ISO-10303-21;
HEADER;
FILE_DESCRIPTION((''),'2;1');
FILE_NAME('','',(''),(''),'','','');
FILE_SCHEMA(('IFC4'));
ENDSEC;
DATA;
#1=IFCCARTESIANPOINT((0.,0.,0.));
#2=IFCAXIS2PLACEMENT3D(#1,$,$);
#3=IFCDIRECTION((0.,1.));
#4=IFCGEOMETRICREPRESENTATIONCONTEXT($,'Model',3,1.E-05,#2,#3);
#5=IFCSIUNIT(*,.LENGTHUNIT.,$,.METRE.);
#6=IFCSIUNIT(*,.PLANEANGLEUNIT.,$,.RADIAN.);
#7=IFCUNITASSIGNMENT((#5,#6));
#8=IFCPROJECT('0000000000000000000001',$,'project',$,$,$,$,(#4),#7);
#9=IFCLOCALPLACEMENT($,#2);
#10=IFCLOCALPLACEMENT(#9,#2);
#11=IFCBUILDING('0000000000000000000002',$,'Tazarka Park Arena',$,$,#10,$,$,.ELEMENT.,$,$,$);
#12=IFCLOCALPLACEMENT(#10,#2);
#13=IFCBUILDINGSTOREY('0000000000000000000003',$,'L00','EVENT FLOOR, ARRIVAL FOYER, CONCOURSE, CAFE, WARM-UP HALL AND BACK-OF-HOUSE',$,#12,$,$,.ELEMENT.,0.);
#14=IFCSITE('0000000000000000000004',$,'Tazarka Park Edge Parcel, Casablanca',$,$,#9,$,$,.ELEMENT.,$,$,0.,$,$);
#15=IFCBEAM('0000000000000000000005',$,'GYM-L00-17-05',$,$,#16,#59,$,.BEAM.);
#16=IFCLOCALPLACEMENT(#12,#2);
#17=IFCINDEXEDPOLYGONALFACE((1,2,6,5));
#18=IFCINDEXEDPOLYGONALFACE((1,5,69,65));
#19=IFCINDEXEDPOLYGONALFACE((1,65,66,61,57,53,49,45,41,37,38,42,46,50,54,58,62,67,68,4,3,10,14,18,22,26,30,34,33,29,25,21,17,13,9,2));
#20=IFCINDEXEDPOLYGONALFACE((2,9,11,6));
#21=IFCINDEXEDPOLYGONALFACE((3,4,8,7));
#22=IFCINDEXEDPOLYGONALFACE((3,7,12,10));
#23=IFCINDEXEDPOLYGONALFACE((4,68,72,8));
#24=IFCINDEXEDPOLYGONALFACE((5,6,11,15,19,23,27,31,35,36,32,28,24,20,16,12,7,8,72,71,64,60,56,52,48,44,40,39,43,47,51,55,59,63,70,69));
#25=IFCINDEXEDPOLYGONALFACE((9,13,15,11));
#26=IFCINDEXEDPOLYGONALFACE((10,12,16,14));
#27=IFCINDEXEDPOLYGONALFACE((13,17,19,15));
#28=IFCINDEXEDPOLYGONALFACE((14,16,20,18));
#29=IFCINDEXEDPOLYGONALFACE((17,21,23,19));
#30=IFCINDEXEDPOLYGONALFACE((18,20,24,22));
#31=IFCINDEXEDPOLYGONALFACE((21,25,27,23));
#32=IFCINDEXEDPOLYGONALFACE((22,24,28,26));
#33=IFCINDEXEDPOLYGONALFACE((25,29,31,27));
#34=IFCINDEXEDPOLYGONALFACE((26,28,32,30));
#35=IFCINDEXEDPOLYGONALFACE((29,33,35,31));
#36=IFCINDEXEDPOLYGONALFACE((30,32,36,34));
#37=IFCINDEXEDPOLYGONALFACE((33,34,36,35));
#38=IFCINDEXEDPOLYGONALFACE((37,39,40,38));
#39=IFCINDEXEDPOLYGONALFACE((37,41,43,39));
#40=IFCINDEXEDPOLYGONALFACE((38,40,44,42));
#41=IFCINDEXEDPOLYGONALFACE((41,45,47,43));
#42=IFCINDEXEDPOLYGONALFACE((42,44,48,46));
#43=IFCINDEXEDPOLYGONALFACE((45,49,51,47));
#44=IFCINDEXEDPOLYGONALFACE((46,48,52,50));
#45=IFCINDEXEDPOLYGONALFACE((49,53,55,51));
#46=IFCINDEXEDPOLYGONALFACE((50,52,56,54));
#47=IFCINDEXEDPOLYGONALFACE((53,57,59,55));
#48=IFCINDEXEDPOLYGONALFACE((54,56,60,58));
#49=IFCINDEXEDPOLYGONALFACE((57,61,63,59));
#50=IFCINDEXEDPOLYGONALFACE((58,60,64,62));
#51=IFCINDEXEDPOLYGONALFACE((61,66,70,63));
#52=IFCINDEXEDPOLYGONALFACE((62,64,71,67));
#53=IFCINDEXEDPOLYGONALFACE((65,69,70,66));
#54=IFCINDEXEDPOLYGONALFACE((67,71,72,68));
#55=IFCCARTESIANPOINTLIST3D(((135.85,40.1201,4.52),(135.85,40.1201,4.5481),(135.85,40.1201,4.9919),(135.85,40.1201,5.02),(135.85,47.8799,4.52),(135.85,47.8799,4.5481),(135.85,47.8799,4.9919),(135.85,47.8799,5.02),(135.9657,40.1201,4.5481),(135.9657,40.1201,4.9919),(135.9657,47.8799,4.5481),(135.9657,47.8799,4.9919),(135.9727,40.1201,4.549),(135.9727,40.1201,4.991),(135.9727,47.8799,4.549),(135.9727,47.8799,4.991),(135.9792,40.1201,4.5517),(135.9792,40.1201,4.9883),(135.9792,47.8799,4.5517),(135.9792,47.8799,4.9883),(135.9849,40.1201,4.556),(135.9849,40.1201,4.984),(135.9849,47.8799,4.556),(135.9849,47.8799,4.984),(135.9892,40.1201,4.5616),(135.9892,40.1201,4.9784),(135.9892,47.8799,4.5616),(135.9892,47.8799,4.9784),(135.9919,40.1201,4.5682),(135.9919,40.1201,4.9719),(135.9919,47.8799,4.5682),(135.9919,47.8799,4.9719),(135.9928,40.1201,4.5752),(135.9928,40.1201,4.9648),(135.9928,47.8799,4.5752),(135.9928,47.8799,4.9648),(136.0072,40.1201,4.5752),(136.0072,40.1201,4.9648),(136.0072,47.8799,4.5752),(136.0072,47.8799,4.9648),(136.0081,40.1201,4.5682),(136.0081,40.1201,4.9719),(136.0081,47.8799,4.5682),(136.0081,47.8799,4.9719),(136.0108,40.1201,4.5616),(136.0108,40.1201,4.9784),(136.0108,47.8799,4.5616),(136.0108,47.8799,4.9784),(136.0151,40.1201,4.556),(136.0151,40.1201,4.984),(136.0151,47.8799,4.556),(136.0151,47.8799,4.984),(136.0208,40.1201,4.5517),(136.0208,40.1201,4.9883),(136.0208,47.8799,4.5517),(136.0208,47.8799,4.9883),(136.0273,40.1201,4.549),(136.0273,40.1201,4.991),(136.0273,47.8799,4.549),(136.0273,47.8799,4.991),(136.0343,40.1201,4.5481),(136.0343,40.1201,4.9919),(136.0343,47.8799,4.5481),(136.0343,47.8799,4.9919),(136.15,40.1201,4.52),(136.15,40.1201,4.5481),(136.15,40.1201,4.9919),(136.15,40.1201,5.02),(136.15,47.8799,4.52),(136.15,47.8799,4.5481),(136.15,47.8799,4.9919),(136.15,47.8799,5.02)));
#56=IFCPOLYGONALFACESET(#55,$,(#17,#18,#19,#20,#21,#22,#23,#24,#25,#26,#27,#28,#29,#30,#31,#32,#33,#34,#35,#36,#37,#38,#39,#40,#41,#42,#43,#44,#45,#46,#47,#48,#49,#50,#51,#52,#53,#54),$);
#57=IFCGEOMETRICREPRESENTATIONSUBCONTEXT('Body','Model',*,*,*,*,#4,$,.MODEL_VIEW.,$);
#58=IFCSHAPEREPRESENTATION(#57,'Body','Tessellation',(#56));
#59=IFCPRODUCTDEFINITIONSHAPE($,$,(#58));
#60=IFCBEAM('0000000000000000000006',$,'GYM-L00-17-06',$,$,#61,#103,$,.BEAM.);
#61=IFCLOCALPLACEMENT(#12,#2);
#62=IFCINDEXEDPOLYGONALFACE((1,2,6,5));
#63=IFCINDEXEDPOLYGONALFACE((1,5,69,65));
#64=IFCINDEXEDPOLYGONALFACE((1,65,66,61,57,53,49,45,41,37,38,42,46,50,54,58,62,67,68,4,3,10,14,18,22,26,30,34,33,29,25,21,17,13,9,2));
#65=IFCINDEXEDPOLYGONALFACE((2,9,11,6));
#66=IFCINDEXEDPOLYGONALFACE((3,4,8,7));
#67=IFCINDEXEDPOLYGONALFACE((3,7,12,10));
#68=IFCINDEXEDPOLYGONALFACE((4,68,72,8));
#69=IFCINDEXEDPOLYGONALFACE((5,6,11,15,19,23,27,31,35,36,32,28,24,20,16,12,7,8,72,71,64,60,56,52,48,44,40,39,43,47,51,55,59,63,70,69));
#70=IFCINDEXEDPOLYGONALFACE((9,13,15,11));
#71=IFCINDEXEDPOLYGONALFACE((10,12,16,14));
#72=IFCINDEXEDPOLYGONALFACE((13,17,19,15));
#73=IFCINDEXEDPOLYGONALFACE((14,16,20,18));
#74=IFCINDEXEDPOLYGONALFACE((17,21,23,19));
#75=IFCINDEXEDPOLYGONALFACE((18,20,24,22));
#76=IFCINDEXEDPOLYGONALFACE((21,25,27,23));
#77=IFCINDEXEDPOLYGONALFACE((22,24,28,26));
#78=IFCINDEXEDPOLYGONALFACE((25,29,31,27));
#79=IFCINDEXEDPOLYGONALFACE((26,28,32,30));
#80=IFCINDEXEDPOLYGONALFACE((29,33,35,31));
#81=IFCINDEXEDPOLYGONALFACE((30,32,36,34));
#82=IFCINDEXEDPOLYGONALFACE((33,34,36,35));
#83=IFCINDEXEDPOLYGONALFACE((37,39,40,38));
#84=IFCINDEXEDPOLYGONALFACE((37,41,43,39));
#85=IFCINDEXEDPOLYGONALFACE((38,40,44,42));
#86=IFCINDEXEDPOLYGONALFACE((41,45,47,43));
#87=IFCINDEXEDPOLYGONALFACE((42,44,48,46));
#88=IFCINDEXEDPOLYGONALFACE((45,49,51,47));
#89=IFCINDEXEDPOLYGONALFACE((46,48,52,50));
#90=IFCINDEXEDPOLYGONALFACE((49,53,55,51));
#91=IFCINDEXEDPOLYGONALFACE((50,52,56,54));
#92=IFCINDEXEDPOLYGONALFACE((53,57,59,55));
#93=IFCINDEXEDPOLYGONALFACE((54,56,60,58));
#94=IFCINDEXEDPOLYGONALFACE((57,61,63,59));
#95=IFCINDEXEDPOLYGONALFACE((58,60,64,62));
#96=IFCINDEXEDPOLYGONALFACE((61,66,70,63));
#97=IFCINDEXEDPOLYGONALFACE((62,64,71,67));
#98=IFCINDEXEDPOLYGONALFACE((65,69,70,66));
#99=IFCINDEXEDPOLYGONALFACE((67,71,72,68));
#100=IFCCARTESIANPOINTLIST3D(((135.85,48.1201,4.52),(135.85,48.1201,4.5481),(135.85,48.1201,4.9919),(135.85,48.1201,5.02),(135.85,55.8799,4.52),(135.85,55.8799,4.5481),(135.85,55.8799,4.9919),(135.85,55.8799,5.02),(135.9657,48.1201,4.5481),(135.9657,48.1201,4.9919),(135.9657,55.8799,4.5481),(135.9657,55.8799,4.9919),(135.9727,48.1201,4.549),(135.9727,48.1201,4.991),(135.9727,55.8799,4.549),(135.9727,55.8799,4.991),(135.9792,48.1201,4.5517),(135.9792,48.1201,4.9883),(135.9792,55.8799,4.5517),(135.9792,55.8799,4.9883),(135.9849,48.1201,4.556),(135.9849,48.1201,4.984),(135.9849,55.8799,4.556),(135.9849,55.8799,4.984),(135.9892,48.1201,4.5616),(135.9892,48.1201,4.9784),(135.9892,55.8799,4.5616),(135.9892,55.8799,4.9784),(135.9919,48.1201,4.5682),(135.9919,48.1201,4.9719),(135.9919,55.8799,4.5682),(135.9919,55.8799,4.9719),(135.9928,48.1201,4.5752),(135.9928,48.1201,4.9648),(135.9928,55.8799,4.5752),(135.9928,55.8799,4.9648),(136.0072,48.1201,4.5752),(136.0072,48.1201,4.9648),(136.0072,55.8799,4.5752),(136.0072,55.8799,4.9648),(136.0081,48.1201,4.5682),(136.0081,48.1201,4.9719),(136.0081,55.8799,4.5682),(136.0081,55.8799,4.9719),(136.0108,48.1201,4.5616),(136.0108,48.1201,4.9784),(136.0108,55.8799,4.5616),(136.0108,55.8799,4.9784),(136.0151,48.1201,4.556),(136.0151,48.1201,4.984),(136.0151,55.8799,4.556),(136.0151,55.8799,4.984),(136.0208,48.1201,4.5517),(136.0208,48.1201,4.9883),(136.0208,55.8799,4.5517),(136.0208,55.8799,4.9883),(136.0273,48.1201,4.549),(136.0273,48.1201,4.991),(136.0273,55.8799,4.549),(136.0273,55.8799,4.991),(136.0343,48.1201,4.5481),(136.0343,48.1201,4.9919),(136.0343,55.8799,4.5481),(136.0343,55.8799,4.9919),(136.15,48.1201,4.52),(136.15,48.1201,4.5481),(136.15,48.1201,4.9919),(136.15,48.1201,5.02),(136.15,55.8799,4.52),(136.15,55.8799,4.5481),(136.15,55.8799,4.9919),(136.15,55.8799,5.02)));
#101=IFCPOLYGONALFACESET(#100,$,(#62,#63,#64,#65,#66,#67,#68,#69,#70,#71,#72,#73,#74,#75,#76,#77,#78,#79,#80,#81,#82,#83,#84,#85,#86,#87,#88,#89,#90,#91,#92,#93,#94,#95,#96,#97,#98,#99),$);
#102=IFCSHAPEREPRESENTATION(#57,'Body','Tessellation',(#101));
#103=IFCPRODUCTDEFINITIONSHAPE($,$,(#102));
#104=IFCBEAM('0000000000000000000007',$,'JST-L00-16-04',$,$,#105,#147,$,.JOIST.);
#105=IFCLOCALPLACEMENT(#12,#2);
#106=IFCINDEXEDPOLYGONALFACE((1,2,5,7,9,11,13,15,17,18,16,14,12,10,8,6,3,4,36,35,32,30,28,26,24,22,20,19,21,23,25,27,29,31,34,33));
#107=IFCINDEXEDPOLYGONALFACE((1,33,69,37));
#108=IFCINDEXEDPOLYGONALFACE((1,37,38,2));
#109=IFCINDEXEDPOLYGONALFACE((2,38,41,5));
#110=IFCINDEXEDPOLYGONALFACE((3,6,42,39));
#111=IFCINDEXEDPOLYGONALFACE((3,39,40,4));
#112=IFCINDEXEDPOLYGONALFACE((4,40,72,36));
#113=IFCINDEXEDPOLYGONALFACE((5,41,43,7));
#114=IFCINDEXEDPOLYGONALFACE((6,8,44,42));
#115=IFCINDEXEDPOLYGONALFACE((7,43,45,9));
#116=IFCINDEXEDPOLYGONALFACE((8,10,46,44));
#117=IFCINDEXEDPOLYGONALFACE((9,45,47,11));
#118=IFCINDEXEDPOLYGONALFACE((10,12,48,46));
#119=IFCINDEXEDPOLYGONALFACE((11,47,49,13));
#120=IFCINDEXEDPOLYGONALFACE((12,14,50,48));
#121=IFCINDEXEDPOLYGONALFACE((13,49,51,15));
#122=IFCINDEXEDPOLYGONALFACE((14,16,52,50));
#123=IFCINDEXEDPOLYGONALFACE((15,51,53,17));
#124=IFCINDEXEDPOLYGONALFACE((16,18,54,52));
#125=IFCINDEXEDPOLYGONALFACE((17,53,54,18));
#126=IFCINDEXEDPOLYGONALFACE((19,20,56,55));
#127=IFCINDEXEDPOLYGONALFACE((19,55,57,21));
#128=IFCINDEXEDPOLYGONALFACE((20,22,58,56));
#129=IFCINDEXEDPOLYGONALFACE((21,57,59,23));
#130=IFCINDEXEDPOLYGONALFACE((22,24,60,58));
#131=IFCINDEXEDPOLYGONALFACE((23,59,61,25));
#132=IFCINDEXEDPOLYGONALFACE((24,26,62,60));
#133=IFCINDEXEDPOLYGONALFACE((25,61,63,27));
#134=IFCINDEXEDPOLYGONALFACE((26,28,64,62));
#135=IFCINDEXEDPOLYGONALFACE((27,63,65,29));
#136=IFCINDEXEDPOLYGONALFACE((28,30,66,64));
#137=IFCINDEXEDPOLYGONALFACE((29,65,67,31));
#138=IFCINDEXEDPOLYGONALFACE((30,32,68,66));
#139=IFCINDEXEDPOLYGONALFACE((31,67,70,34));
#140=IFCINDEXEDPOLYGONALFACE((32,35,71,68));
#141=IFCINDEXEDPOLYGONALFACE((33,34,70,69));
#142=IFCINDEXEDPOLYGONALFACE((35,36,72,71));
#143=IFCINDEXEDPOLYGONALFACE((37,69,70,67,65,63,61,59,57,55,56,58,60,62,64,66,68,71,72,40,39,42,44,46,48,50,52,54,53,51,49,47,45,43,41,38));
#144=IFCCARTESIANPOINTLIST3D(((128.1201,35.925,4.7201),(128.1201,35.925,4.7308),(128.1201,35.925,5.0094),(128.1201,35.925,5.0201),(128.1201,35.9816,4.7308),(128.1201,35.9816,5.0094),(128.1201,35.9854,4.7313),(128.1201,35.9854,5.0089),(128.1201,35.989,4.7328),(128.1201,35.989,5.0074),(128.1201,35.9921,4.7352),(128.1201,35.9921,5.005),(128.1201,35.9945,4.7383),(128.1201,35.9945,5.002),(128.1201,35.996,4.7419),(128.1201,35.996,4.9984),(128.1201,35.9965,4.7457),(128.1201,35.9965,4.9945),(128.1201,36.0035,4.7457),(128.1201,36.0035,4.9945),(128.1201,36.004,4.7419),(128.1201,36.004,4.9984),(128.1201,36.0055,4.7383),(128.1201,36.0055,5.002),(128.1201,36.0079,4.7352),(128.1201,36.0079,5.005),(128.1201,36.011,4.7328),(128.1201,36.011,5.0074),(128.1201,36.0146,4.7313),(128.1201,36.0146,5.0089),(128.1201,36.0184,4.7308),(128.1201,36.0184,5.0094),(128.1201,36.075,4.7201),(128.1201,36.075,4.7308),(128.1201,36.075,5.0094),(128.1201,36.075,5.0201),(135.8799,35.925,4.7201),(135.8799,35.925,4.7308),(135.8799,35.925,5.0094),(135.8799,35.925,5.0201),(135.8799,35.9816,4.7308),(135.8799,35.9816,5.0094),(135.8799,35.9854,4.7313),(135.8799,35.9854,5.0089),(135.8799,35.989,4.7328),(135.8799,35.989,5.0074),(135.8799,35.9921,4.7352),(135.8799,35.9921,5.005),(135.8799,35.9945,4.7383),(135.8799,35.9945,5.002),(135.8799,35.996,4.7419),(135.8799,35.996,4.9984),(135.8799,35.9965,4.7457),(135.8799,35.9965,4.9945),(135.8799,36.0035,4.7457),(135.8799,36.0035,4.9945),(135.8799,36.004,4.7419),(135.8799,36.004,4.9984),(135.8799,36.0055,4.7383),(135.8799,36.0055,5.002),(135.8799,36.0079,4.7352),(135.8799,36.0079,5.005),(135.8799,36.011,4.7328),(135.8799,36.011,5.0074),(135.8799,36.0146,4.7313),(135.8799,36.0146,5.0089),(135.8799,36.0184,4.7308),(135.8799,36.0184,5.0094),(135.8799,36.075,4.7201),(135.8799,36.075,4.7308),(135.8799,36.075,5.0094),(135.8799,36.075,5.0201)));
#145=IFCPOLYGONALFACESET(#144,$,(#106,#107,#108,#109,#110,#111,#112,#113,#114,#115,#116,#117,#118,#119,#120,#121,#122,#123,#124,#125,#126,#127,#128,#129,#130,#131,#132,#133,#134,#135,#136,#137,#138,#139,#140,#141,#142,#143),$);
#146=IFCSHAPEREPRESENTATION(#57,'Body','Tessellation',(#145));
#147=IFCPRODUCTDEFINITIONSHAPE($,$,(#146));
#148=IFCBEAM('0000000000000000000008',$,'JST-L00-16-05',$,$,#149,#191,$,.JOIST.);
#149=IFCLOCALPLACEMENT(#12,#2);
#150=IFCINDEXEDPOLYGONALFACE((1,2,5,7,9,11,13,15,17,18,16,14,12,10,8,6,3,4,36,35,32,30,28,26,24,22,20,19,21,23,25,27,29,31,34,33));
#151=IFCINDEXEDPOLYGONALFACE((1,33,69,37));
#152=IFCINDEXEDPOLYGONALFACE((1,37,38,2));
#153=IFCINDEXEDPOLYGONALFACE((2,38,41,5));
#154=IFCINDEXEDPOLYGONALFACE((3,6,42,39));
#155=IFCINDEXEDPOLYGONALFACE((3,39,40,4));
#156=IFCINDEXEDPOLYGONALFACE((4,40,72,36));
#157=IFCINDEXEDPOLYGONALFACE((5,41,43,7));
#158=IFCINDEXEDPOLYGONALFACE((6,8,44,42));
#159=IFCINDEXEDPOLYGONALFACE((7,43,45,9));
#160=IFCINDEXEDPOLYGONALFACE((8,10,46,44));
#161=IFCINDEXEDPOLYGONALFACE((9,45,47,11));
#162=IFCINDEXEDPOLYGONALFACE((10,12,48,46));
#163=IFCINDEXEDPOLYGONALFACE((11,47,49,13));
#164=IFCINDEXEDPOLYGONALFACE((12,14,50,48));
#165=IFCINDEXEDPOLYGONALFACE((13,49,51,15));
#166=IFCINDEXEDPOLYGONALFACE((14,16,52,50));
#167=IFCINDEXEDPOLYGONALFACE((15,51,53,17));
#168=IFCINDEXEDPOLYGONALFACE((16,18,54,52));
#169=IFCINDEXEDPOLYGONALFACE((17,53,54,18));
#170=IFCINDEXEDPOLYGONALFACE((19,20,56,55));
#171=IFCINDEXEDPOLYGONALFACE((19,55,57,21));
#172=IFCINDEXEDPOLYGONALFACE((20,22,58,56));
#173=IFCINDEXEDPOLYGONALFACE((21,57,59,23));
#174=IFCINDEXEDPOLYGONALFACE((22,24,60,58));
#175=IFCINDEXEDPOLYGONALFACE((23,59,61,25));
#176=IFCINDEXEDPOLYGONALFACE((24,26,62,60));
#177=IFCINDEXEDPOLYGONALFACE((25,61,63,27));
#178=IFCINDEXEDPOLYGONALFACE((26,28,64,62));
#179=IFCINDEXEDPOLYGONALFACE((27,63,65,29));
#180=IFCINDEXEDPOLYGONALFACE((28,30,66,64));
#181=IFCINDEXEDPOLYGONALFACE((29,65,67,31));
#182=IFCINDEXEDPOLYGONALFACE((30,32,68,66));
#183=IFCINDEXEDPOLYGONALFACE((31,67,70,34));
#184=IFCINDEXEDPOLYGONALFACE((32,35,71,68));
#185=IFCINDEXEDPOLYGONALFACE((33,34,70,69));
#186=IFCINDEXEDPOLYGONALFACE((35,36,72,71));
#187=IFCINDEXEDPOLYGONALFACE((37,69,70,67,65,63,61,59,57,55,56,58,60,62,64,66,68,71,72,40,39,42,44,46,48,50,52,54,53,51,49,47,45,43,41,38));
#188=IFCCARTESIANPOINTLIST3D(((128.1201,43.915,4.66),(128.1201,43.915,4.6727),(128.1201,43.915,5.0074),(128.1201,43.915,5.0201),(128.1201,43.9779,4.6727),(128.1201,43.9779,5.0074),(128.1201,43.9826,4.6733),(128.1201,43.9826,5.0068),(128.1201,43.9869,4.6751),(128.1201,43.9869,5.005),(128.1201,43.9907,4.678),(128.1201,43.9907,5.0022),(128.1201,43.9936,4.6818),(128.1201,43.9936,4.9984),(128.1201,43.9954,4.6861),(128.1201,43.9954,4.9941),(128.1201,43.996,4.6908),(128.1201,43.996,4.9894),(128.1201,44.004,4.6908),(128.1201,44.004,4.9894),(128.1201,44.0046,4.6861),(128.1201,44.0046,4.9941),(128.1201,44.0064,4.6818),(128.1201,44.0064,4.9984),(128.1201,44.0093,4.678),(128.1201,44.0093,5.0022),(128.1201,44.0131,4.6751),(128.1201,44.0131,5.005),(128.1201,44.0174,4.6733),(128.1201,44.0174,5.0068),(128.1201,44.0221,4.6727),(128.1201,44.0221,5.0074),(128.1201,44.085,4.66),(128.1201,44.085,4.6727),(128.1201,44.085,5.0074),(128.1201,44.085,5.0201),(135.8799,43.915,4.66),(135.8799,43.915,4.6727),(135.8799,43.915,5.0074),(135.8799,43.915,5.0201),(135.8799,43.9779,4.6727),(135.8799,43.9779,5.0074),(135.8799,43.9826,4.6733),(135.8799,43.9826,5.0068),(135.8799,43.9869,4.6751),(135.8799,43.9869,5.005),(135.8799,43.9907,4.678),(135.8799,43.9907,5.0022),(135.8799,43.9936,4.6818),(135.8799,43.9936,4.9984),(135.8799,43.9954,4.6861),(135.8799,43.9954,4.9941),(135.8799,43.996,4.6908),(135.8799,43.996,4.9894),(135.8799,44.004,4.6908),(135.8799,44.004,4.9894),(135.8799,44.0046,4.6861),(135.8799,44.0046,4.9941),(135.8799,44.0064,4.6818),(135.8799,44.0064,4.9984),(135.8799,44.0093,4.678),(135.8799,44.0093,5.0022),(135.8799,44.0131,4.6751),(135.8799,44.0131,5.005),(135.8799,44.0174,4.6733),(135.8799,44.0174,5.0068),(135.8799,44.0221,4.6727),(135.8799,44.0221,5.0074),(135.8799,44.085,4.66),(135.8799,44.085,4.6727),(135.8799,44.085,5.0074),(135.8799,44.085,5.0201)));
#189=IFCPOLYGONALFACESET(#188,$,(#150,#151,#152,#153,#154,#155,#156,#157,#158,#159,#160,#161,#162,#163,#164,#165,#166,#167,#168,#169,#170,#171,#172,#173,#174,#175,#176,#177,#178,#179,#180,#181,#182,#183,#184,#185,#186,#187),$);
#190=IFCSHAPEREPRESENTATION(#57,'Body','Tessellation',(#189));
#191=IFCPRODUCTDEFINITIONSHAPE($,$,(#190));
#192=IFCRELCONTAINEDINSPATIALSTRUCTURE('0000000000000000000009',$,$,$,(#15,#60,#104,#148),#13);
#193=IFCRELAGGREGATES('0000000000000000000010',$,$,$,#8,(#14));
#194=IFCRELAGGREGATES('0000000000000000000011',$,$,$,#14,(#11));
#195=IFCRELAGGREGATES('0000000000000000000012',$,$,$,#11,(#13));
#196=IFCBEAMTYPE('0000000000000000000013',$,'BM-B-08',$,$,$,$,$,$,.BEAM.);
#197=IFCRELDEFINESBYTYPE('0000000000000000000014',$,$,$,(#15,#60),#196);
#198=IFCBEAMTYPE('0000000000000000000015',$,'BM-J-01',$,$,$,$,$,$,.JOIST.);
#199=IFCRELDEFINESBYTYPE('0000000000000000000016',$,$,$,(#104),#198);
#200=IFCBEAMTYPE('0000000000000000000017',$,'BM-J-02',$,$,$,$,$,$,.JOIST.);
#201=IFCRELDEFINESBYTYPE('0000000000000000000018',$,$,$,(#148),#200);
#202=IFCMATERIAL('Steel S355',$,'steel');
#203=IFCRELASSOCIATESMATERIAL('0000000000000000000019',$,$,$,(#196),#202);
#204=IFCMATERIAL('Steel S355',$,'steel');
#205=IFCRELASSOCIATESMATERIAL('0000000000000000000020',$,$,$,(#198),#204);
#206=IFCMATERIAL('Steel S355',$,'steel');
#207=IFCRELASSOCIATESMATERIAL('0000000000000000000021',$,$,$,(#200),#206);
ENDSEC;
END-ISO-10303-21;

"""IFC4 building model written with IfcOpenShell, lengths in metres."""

from ifc_helpers import new_model, si_unit, direction, frame, origin, origin_2d, place, context, subcontext, project, spatial, i_section, extrude, material, material_profile, profile_set, type_object, element, save


model = new_model("IFC4")

# Units and contexts
model_context = context("Model", 3, precision=1e-05, world=origin(), true_north=direction((0.0, 1.0)))
body_context = subcontext(model_context, "Body", "Model", "MODEL_VIEW")
ifc_project = project(units=[si_unit("LENGTHUNIT", "METRE"), si_unit("PLANEANGLEUNIT", "RADIAN")], contexts=[model_context])

# Site, building, storey
site_placement = place(None, origin())
site = spatial("IfcSite", under=ifc_project, at=site_placement, Name="Tazarka Park Edge Parcel, Casablanca", CompositionType="ELEMENT", RefElevation=0.0)
building_placement = place(site_placement, origin())
building = spatial("IfcBuilding", under=site, at=building_placement, Name="Tazarka Park Arena", CompositionType="ELEMENT")
storey_placement = place(building_placement, origin())
storey = spatial("IfcBuildingStorey", under=building, at=storey_placement, Name="L00", Description="EVENT FLOOR, ARRIVAL FOYER, CONCOURSE, CAFE, WARM-UP HALL AND BACK-OF-HOUSE", CompositionType="ELEMENT", Elevation=0.0)

# Beams
ifc_material_1 = material(Name="Steel S355", Category="steel")
ifc_material_profile_1 = material_profile(ifc_material_1, i_section(OverallWidth=0.3, OverallDepth=0.5, WebThickness=0.0144, FlangeThickness=0.0281, FilletRadius=0.0271, at=origin_2d()), Name="Steel S355")
ifc_profile_set_1 = profile_set([ifc_material_profile_1], Name="Steel S355")
beam_type_1 = type_object("IfcBeamType", Name="BM-B-08", PredefinedType="BEAM", material=ifc_profile_set_1)
for number, where, z_axis, x_axis, name in (
    (1, (136.0, 40.1201, 4.77), (0.0, 1.0, 0.0), (-1.0, 0.0, 0.0), "GYM-L00-17-05"),
    (2, (136.0, 48.1201, 4.77), (0.0, 1.0, 0.0), (-1.0, 0.0, 0.0), "GYM-L00-17-06"),
):
    element("IfcBeam", number, at=place(storey_placement, frame(where, z_axis=z_axis, x_axis=x_axis)), inside=storey, type_object=beam_type_1, Name=name, PredefinedType="BEAM", context=body_context, shape_type="SweptSolid", body=[
        extrude(i_section(OverallWidth=0.3, OverallDepth=0.5, WebThickness=0.0144, FlangeThickness=0.0281, FilletRadius=0.0271, at=origin_2d()), origin(), (0.0, 0.0, 1.0), 7.7598),
    ])
ifc_material_2 = material(Name="Steel S355", Category="steel")
ifc_material_profile_2 = material_profile(ifc_material_2, i_section(OverallWidth=0.1499, OverallDepth=0.3, WebThickness=0.0071, FlangeThickness=0.0107, FilletRadius=0.0149, at=origin_2d()), Name="Steel S355")
ifc_profile_set_2 = profile_set([ifc_material_profile_2], Name="Steel S355")
beam_type_2 = type_object("IfcBeamType", Name="BM-J-01", PredefinedType="JOIST", material=ifc_profile_set_2)
beam_1_placement = place(storey_placement, frame((128.1201, 36.0, 4.8701), z_axis=(1.0, 0.0, 0.0), x_axis=(0.0, 1.0, 0.0)))
element("IfcBeam", 3, at=beam_1_placement, inside=storey, type_object=beam_type_2, Name="JST-L00-16-04", PredefinedType="JOIST", context=body_context, shape_type="SweptSolid", body=[
    extrude(i_section(OverallWidth=0.1499, OverallDepth=0.3, WebThickness=0.0071, FlangeThickness=0.0107, FilletRadius=0.0149, at=origin_2d()), origin(), (0.0, 0.0, 1.0), 7.7598),
])
ifc_material_3 = material(Name="Steel S355", Category="steel")
ifc_material_profile_3 = material_profile(ifc_material_3, i_section(OverallWidth=0.1699, OverallDepth=0.3601, WebThickness=0.0081, FlangeThickness=0.0127, FilletRadius=0.0181, at=origin_2d()), Name="Steel S355")
ifc_profile_set_3 = profile_set([ifc_material_profile_3], Name="Steel S355")
beam_type_3 = type_object("IfcBeamType", Name="BM-J-02", PredefinedType="JOIST", material=ifc_profile_set_3)
beam_2_placement = place(storey_placement, frame((128.1201, 44.0, 4.8401), z_axis=(1.0, 0.0, 0.0), x_axis=(0.0, 1.0, 0.0)))
element("IfcBeam", 4, at=beam_2_placement, inside=storey, type_object=beam_type_3, Name="JST-L00-16-05", PredefinedType="JOIST", context=body_context, shape_type="SweptSolid", body=[
    extrude(i_section(OverallWidth=0.1699, OverallDepth=0.3601, WebThickness=0.0081, FlangeThickness=0.0127, FilletRadius=0.0181, at=origin_2d()), origin(), (0.0, 0.0, 1.0), 7.7598),
])

save(model, "model.ifc")
